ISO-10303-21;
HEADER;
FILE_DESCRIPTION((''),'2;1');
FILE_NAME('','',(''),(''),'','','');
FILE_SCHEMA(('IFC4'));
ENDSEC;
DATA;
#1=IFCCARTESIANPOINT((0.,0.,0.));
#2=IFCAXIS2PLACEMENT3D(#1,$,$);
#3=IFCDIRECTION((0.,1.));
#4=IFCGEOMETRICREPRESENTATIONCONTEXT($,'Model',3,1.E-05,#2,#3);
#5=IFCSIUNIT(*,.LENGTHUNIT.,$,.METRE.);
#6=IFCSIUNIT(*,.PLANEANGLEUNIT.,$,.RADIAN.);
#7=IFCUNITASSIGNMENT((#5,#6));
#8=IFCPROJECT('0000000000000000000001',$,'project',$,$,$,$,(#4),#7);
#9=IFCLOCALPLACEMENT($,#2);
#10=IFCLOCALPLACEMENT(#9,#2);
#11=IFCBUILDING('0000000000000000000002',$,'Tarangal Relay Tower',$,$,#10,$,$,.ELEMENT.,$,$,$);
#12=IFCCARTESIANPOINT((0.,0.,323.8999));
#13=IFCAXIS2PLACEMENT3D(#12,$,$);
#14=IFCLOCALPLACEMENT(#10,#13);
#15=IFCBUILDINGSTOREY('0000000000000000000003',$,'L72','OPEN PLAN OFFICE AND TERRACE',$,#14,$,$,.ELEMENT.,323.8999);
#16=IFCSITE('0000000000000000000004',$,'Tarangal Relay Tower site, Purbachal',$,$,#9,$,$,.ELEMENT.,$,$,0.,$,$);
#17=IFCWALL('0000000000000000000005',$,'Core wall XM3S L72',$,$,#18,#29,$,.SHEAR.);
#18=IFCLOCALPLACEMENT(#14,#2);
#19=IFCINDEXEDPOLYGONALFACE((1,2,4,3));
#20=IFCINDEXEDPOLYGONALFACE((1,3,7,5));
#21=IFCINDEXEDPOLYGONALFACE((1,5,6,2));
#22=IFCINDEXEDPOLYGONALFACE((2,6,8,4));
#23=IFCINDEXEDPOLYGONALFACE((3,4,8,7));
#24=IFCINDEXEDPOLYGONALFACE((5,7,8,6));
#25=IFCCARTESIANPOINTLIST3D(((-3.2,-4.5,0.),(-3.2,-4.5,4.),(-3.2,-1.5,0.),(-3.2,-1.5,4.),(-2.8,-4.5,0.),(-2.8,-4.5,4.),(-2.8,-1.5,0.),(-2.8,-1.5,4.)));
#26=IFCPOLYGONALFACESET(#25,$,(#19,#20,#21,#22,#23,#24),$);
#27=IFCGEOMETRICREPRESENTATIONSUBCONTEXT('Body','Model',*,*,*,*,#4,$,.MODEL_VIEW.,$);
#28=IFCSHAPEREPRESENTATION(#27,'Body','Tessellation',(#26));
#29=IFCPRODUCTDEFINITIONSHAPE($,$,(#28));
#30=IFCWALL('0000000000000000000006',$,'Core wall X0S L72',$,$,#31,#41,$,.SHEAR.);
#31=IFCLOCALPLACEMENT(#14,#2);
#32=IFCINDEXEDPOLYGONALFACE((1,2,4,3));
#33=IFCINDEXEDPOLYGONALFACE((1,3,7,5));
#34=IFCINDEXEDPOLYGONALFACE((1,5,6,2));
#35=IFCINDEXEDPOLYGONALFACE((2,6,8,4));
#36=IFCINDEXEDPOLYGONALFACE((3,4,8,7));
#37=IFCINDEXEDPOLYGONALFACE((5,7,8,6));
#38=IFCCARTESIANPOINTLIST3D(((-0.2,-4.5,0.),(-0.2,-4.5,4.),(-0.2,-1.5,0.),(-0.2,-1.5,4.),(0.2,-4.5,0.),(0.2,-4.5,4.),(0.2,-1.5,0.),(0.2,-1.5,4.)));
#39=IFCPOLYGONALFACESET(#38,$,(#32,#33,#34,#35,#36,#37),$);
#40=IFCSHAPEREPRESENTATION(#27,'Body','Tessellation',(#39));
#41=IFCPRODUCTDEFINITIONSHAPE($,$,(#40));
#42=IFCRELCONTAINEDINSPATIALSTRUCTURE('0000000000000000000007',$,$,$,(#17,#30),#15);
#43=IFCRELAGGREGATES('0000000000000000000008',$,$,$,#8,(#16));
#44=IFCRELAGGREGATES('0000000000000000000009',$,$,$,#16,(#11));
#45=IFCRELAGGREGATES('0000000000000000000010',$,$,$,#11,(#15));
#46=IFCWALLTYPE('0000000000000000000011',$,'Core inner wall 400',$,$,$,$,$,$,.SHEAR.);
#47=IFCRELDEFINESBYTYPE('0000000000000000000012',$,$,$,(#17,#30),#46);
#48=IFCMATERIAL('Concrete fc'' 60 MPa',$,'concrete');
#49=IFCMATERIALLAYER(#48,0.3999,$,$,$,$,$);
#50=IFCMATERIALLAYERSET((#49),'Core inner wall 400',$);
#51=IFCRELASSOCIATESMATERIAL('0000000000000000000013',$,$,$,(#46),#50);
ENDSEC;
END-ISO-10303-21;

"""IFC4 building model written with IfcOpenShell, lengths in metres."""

from ifc_helpers import new_model, si_unit, direction, frame, frame_2d, origin, place, context, subcontext, project, spatial, rectangle, extrude, material, layer, layer_set, type_object, element, save


model = new_model("IFC4")

# Units and contexts
model_context = context("Model", 3, precision=1e-05, world=origin(), true_north=direction((0.0, 1.0)))
body_context = subcontext(model_context, "Body", "Model", "MODEL_VIEW")
ifc_project = project(units=[si_unit("LENGTHUNIT", "METRE"), si_unit("PLANEANGLEUNIT", "RADIAN")], contexts=[model_context])

# Site, building, storey
site_placement = place(None, origin())
site = spatial("IfcSite", under=ifc_project, at=site_placement, Name="Tarangal Relay Tower site, Purbachal", CompositionType="ELEMENT", RefElevation=0.0)
building_placement = place(site_placement, origin())
building = spatial("IfcBuilding", under=site, at=building_placement, Name="Tarangal Relay Tower", CompositionType="ELEMENT")
storey_placement = place(building_placement, frame((0.0, 0.0, 323.8999)))
storey = spatial("IfcBuildingStorey", under=building, at=storey_placement, Name="L72", Description="OPEN PLAN OFFICE AND TERRACE", CompositionType="ELEMENT", Elevation=323.8999)

# Shared definitions
ifc_material_1 = material(Name="Concrete fc' 60 MPa", Category="concrete")
ifc_layer_1 = layer(ifc_material_1, 0.3999)
ifc_layer_set_1 = layer_set([ifc_layer_1], Name="Core inner wall 400")
wall_type_1 = type_object("IfcWallType", Name="Core inner wall 400", PredefinedType="SHEAR", material=ifc_layer_set_1)

# Walls
for number, where, z_axis, x_axis, name in (
    (1, (-3.0, -4.5, 0.0), (0.0, 0.0, 1.0), (0.0, 1.0, 0.0), "Core wall XM3S L72"),
    (2, (0.0, -4.5, 0.0), (0.0, 0.0, 1.0), (0.0, 1.0, 0.0), "Core wall X0S L72"),
):
    element("IfcWall", number, at=place(storey_placement, frame(where, z_axis=z_axis, x_axis=x_axis)), inside=storey, type_object=wall_type_1, Name=name, PredefinedType="SHEAR", context=body_context, shape_type="SweptSolid", body=[
        extrude(rectangle(XDim=3.0, YDim=0.3999, at=frame_2d((1.5, 0.0))), origin(), (0.0, 0.0, 1.0), 4.0),
    ])

save(model, "model.ifc")
